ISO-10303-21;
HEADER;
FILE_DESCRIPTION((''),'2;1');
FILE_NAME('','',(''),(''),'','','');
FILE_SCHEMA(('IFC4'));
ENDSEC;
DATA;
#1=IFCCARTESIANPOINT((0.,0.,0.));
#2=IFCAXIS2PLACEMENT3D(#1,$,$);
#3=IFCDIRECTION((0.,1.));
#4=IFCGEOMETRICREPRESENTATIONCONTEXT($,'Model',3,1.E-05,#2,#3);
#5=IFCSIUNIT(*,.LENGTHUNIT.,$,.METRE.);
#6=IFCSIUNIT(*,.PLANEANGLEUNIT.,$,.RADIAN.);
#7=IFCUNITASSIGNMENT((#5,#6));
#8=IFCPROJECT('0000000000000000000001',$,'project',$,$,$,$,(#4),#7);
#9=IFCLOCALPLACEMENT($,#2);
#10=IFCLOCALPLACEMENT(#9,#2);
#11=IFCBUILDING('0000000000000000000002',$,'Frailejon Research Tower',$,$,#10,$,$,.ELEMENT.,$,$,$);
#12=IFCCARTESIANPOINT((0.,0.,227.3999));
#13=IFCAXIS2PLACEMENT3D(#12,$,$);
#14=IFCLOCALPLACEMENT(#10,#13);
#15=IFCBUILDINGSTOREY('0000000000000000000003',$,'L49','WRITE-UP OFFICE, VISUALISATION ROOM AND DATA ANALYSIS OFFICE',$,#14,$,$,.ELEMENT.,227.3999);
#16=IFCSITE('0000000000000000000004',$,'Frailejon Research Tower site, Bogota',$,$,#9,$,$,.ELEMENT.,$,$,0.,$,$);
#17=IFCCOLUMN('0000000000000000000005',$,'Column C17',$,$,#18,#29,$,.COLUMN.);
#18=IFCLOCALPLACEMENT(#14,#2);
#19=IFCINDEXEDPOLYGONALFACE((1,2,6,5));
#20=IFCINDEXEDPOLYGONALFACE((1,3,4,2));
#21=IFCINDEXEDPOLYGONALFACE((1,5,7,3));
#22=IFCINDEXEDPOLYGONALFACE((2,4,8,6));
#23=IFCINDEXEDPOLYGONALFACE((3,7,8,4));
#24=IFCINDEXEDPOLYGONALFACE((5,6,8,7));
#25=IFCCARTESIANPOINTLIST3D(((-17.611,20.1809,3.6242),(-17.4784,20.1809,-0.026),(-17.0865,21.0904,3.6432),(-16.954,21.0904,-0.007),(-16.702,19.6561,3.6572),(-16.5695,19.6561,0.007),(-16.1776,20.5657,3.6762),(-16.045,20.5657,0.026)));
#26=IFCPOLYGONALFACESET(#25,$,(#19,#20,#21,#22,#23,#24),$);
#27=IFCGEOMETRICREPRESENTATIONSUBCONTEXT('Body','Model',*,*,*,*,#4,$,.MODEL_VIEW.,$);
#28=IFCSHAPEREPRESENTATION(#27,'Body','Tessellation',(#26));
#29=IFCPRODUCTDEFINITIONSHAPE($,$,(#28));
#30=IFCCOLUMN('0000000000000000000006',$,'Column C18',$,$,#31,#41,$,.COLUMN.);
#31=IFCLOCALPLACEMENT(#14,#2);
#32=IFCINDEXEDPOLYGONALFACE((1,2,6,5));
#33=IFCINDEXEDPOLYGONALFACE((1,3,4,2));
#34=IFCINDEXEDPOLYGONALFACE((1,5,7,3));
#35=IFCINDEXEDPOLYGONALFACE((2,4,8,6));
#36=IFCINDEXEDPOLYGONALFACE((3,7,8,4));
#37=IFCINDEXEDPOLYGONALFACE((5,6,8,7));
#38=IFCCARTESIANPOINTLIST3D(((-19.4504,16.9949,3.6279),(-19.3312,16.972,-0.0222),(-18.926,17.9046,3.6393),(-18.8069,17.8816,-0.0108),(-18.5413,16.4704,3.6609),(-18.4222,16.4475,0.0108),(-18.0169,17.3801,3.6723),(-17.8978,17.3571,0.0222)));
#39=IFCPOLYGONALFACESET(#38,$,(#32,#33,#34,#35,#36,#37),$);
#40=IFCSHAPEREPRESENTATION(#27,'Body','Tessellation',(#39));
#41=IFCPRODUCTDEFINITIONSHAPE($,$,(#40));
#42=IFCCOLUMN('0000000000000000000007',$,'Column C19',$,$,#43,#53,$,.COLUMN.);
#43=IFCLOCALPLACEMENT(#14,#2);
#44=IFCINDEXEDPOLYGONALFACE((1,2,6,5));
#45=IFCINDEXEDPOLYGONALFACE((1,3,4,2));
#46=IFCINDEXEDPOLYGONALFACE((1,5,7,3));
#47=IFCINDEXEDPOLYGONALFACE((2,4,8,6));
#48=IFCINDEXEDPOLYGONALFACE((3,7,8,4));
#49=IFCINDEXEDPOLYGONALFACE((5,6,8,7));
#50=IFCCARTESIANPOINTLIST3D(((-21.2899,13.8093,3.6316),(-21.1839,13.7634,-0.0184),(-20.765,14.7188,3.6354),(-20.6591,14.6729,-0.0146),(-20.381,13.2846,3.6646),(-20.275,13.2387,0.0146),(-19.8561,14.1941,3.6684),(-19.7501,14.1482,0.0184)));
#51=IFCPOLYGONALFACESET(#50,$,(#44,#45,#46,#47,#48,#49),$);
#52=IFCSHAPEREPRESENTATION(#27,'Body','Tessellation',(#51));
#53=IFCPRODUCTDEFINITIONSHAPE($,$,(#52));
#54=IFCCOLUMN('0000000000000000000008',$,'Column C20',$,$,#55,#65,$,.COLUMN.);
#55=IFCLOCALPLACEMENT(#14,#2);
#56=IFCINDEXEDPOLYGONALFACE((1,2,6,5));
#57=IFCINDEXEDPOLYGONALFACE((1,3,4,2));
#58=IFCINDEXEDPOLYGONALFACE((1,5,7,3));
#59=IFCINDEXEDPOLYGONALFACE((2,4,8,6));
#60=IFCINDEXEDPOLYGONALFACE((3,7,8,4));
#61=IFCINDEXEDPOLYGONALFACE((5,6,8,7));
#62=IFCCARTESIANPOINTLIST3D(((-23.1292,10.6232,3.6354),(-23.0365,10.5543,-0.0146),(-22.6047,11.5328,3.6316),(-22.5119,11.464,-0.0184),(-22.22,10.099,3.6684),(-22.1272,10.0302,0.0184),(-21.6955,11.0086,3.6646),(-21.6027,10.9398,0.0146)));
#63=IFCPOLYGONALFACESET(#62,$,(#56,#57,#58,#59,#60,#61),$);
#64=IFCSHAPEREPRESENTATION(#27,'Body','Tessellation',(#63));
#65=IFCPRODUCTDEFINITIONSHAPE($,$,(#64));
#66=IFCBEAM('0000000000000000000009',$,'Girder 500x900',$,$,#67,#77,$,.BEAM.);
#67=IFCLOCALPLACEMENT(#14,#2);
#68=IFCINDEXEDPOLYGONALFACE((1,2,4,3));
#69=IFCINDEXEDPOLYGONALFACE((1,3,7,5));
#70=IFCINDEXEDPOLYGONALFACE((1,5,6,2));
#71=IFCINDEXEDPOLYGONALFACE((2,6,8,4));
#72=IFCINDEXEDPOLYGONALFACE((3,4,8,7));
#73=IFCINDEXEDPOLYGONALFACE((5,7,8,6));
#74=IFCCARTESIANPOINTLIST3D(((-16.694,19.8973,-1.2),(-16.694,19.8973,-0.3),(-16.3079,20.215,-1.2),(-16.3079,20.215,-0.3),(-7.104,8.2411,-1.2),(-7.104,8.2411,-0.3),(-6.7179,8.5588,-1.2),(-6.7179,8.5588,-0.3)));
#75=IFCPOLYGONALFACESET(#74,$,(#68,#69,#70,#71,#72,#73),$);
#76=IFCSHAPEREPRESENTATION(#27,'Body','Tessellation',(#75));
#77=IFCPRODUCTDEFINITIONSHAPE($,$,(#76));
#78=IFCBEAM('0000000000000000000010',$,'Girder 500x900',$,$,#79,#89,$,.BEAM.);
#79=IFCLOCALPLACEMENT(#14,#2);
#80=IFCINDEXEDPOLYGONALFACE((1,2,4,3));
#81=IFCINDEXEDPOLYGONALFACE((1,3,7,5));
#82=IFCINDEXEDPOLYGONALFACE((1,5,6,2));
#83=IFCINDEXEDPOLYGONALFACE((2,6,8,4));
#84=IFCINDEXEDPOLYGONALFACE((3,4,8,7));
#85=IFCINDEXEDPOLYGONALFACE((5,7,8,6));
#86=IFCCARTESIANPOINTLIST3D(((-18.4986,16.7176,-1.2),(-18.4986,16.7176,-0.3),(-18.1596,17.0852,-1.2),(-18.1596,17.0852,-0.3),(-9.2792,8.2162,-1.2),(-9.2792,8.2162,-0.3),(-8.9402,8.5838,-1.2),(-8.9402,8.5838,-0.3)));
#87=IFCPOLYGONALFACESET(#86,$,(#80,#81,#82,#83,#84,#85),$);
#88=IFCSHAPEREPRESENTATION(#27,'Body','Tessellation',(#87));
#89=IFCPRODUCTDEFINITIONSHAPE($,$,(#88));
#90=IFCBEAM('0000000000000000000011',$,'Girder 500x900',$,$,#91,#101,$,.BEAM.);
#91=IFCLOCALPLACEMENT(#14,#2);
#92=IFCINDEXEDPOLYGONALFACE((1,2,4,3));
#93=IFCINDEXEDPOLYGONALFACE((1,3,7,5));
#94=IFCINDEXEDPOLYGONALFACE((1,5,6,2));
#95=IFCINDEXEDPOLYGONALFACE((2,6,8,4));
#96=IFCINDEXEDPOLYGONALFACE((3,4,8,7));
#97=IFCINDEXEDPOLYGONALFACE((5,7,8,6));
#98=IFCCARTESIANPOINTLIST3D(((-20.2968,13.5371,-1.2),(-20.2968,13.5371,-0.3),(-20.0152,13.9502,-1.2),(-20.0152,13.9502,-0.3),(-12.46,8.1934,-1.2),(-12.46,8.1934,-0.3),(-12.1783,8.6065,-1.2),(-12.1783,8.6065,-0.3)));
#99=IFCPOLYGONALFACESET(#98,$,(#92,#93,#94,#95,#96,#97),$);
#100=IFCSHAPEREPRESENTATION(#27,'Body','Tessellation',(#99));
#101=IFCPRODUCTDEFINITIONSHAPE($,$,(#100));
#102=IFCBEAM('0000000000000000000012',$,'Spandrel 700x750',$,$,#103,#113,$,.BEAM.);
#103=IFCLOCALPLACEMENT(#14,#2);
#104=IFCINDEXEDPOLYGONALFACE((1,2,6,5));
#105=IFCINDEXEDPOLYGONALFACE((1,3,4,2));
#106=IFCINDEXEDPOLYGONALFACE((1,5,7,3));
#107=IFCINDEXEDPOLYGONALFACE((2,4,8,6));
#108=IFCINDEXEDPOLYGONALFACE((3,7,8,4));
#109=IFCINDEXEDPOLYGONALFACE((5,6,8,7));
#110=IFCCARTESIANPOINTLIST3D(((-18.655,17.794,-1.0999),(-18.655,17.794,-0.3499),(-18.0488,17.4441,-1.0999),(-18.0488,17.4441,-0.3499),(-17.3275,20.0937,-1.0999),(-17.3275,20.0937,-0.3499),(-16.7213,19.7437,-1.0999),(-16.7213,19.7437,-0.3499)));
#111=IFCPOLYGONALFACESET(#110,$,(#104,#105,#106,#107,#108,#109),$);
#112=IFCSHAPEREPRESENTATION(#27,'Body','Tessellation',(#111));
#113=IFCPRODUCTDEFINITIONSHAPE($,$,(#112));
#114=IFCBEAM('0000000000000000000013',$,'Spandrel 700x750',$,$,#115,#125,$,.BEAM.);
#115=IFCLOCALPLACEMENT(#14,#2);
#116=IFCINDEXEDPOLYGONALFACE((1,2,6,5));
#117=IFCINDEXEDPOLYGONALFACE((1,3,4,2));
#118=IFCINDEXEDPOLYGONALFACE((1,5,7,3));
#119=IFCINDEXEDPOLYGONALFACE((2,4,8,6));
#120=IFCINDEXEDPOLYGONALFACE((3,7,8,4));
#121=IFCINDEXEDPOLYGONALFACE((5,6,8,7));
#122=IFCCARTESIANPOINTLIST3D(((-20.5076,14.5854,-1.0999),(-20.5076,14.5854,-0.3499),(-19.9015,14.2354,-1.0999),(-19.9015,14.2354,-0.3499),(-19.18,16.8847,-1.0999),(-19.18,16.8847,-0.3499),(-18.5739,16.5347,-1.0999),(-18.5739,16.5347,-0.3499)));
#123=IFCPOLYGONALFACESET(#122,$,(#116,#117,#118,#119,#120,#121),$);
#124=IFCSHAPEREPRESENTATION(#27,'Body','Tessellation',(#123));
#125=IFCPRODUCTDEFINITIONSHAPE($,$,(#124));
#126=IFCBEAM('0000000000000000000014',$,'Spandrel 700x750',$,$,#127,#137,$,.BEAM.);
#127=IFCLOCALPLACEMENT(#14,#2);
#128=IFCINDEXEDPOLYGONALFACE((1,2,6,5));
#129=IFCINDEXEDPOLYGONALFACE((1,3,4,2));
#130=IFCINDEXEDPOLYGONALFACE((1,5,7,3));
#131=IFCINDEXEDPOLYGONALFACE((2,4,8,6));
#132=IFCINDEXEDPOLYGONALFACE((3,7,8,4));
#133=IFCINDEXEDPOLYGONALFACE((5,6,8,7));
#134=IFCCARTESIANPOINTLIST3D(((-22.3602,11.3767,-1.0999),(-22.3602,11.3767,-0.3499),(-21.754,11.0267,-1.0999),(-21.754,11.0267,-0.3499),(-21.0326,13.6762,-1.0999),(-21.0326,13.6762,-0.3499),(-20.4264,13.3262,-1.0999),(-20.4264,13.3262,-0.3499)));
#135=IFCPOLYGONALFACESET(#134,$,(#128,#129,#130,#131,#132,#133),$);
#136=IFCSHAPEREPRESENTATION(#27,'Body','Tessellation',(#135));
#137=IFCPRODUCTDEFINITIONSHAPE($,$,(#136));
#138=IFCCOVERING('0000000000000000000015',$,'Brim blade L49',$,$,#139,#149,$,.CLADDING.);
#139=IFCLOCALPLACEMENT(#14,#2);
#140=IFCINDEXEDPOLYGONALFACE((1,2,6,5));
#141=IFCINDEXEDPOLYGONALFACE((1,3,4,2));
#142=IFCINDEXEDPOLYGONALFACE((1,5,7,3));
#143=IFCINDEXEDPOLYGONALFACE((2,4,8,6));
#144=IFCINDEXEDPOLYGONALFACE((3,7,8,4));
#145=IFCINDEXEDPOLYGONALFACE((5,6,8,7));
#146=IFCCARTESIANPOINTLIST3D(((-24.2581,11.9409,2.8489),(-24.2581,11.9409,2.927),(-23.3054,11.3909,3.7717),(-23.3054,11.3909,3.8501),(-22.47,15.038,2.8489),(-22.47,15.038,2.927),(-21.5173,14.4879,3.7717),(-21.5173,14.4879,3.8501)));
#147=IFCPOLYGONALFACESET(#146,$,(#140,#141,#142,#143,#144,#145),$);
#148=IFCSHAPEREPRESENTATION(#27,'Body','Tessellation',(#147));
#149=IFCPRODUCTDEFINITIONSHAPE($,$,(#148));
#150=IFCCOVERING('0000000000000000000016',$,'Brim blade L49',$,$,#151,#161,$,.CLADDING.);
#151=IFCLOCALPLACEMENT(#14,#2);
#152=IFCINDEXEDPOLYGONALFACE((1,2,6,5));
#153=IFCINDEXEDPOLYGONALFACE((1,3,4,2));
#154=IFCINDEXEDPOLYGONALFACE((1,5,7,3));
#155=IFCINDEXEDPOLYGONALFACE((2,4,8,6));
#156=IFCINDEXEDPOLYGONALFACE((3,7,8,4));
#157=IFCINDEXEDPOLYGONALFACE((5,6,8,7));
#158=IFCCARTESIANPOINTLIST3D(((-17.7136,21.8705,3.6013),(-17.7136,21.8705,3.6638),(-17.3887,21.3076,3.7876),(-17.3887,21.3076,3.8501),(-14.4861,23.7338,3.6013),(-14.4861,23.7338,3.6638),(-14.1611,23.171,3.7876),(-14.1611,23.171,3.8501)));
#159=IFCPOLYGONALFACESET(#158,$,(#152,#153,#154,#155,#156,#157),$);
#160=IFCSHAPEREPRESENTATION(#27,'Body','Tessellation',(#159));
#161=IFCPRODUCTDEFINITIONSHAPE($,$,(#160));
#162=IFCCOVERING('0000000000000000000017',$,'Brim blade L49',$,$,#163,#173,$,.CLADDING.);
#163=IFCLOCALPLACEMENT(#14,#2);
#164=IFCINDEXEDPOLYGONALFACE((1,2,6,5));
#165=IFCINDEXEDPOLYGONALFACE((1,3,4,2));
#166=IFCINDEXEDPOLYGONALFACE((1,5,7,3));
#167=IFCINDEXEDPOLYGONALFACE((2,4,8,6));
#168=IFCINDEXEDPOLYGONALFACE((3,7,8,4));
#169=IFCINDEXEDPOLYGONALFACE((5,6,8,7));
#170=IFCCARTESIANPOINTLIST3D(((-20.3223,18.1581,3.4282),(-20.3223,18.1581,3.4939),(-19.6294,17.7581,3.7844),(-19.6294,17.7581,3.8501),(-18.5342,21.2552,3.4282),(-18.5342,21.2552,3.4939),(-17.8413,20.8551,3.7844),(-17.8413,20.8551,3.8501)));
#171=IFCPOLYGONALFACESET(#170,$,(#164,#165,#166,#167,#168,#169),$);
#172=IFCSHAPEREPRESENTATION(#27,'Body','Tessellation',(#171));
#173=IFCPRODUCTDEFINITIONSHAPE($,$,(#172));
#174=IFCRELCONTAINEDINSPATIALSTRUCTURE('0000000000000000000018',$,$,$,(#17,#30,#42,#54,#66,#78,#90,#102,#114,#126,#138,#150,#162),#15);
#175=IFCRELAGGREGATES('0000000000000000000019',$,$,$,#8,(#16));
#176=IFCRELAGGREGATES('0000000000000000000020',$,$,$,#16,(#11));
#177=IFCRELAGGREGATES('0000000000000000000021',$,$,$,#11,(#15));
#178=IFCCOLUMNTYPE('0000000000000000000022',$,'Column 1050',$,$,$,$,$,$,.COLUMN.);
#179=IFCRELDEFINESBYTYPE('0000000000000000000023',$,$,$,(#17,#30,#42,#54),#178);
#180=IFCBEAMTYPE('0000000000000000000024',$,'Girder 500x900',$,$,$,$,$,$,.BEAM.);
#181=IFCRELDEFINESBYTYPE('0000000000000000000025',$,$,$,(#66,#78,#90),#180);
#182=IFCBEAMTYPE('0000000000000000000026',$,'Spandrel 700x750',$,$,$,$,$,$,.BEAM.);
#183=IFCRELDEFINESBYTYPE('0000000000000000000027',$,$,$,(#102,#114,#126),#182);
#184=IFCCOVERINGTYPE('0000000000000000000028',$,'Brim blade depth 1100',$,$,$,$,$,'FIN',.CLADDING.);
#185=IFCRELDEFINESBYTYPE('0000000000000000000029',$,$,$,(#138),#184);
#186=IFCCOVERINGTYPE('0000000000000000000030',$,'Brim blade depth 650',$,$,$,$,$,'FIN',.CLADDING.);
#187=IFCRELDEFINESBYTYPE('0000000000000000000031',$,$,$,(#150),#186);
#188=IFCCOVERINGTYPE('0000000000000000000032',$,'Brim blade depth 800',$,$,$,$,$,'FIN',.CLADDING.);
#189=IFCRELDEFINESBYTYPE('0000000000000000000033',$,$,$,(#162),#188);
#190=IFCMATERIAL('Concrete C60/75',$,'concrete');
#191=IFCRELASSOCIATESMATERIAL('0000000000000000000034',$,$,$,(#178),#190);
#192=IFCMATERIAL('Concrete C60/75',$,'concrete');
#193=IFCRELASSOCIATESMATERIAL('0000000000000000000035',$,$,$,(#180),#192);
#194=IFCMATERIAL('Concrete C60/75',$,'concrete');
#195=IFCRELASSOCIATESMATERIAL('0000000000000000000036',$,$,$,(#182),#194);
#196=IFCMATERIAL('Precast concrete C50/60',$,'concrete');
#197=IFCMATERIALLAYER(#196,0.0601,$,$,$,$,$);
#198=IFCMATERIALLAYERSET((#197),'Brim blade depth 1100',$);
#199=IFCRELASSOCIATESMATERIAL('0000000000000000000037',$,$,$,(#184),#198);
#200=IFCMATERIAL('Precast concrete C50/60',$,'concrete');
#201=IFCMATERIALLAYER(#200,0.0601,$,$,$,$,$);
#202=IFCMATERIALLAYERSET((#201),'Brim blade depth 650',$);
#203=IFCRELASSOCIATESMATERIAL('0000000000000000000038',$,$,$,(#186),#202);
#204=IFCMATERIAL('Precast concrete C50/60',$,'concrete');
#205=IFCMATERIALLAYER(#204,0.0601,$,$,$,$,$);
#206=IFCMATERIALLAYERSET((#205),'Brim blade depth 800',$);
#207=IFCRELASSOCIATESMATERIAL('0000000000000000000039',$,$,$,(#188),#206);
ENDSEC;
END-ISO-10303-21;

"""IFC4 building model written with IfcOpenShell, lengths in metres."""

from ifc_helpers import new_model, si_unit, direction, frame, origin, origin_2d, place, context, subcontext, project, spatial, polyline, rectangle, outline, extrude, material, layer, layer_set, material_profile, profile_set, type_object, element, save


model = new_model("IFC4")

# Units and contexts
model_context = context("Model", 3, precision=1e-05, world=origin(), true_north=direction((0.0, 1.0)))
body_context = subcontext(model_context, "Body", "Model", "MODEL_VIEW")
ifc_project = project(units=[si_unit("LENGTHUNIT", "METRE"), si_unit("PLANEANGLEUNIT", "RADIAN")], contexts=[model_context])

# Site, building, storey
site_placement = place(None, origin())
site = spatial("IfcSite", under=ifc_project, at=site_placement, Name="Frailejon Research Tower site, Bogota", CompositionType="ELEMENT", RefElevation=0.0)
building_placement = place(site_placement, origin())
building = spatial("IfcBuilding", under=site, at=building_placement, Name="Frailejon Research Tower", CompositionType="ELEMENT")
storey_placement = place(building_placement, frame((0.0, 0.0, 227.3999)))
storey = spatial("IfcBuildingStorey", under=building, at=storey_placement, Name="L49", Description="WRITE-UP OFFICE, VISUALISATION ROOM AND DATA ANALYSIS OFFICE", CompositionType="ELEMENT", Elevation=227.3999)

# Columns
ifc_material_1 = material(Name="Concrete C60/75", Category="concrete")
ifc_material_profile_1 = material_profile(ifc_material_1, rectangle(XDim=1.05, YDim=1.05, at=origin_2d()), Name="Column 1050")
ifc_profile_set_1 = profile_set([ifc_material_profile_1], Name="Concrete C60/75")
column_type = type_object("IfcColumnType", Name="Column 1050", PredefinedType="COLUMN", material=ifc_profile_set_1)
column_1_placement = place(storey_placement, frame((-16.7617, 20.3733, 0.0), z_axis=(-0.036295, 0.0, 0.999341), x_axis=(-0.499424, -0.866168, -0.018138)))
element("IfcColumn", 1, at=column_1_placement, inside=storey, type_object=column_type, Name="Column C17", PredefinedType="COLUMN", context=body_context, shape_type="SweptSolid", body=[
    extrude(rectangle(XDim=1.05, YDim=1.05, at=origin_2d()), origin(), (0.0, 0.0, 1.0), 3.6526),
])
column_2_placement = place(storey_placement, frame((-18.6145, 17.1646, 0.0), z_axis=(-0.032622, 0.006284, 0.999448), x_axis=(-0.499397, -0.866305, -0.010854)))
element("IfcColumn", 2, at=column_2_placement, inside=storey, type_object=column_type, Name="Column C18", PredefinedType="COLUMN", context=body_context, shape_type="SweptSolid", body=[
    extrude(rectangle(XDim=1.05, YDim=1.05, at=origin_2d()), origin(), (0.0, 0.0, 1.0), 3.6521),
])
for number, where, z_axis, x_axis, name in (
    (3, (-20.467, 13.9558, 0.0), (-0.029014, 0.012568, 0.9995), (-0.499849, -0.866105, -0.003619), "Column C19"),
    (4, (-22.3196, 10.7471, 0.0), (-0.025404, 0.018852, 0.9995), (-0.499535, -0.866286, 0.003643), "Column C20"),
):
    element("IfcColumn", number, at=place(storey_placement, frame(where, z_axis=z_axis, x_axis=x_axis)), inside=storey, type_object=column_type, Name=name, PredefinedType="COLUMN", context=body_context, shape_type="SweptSolid", body=[
        extrude(rectangle(XDim=1.05, YDim=1.05, at=origin_2d()), origin(), (0.0, 0.0, 1.0), 3.6519),
    ])

# Beams
ifc_material_2 = material(Name="Concrete C60/75", Category="concrete")
ifc_material_profile_2 = material_profile(ifc_material_2, rectangle(XDim=0.5, YDim=0.8999, at=origin_2d()), Name="Girder 500x900")
ifc_profile_set_2 = profile_set([ifc_material_profile_2], Name="Concrete C60/75")
beam_type_1 = type_object("IfcBeamType", Name="Girder 500x900", PredefinedType="BEAM", material=ifc_profile_set_2)
beam_1_placement = place(storey_placement, frame((-16.501, 20.0562, -0.75), z_axis=(0.635345, -0.772228, 0.0), x_axis=(0.772228, 0.635345, 0.0)))
element("IfcBeam", 5, at=beam_1_placement, inside=storey, type_object=beam_type_1, Name="Girder 500x900", PredefinedType="BEAM", context=body_context, shape_type="SweptSolid", body=[
    extrude(rectangle(XDim=0.5, YDim=0.8999, at=origin_2d()), origin(), (0.0, 0.0, 1.0), 15.0942),
])
beam_2_placement = place(storey_placement, frame((-18.3291, 16.9014, -0.75), z_axis=(0.735154, -0.6779, 0.0), x_axis=(0.6779, 0.735154, 0.0)))
element("IfcBeam", 6, at=beam_2_placement, inside=storey, type_object=beam_type_1, Name="Girder 500x900", PredefinedType="BEAM", context=body_context, shape_type="SweptSolid", body=[
    extrude(rectangle(XDim=0.5, YDim=0.8999, at=origin_2d()), origin(), (0.0, 0.0, 1.0), 12.5408),
])
beam_3_placement = place(storey_placement, frame((-20.156, 13.7437, -0.75), z_axis=(0.826208, -0.563366, 0.0), x_axis=(0.563366, 0.826208, 0.0)))
element("IfcBeam", 7, at=beam_3_placement, inside=storey, type_object=beam_type_1, Name="Girder 500x900", PredefinedType="BEAM", context=body_context, shape_type="SweptSolid", body=[
    extrude(rectangle(XDim=0.5, YDim=0.8999, at=origin_2d()), origin(), (0.0, 0.0, 1.0), 9.4854),
])
ifc_material_3 = material(Name="Concrete C60/75", Category="concrete")
ifc_material_profile_3 = material_profile(ifc_material_3, rectangle(XDim=0.7, YDim=0.75, at=origin_2d()), Name="Spandrel 700x750")
ifc_profile_set_3 = profile_set([ifc_material_profile_3], Name="Concrete C60/75")
beam_type_2 = type_object("IfcBeamType", Name="Spandrel 700x750", PredefinedType="BEAM", material=ifc_profile_set_3)
beam_4_placement = place(storey_placement, frame((-17.0244, 19.9187, -0.7249), z_axis=(-0.499927, -0.866068, 0.0), x_axis=(0.866068, -0.499927, 0.0)))
element("IfcBeam", 8, at=beam_4_placement, inside=storey, type_object=beam_type_2, Name="Spandrel 700x750", PredefinedType="BEAM", context=body_context, shape_type="SweptSolid", body=[
    extrude(rectangle(XDim=0.7, YDim=0.75, at=origin_2d()), origin(), (0.0, 0.0, 1.0), 2.6553),
])
beam_5_placement = place(storey_placement, frame((-18.877, 16.7097, -0.7249), z_axis=(-0.500036, -0.866005, 0.0), x_axis=(0.866005, -0.500036, 0.0)))
element("IfcBeam", 9, at=beam_5_placement, inside=storey, type_object=beam_type_2, Name="Spandrel 700x750", PredefinedType="BEAM", context=body_context, shape_type="SweptSolid", body=[
    extrude(rectangle(XDim=0.7, YDim=0.75, at=origin_2d()), origin(), (0.0, 0.0, 1.0), 2.655),
])
beam_6_placement = place(storey_placement, frame((-20.7295, 13.5012, -0.7249), z_axis=(-0.499996, -0.866028, 0.0), x_axis=(0.866028, -0.499996, 0.0)))
element("IfcBeam", 10, at=beam_6_placement, inside=storey, type_object=beam_type_2, Name="Spandrel 700x750", PredefinedType="BEAM", context=body_context, shape_type="SweptSolid", body=[
    extrude(rectangle(XDim=0.7, YDim=0.75, at=origin_2d()), origin(), (0.0, 0.0, 1.0), 2.6553),
])

# Coverings
ifc_material_4 = material(Name="Precast concrete C50/60", Category="concrete")
ifc_layer_1 = layer(ifc_material_4, 0.0601)
ifc_layer_set_1 = layer_set([ifc_layer_1], Name="Brim blade depth 1100")
covering_type_1 = type_object("IfcCoveringType", Name="Brim blade depth 1100", ElementType="FIN", PredefinedType="CLADDING", material=ifc_layer_set_1)
covering_1_placement = place(storey_placement, frame((-23.3054, 11.3909, 3.8501), z_axis=(0.50001, 0.86602, 0.0), x_axis=(-0.86602, 0.50001, 0.0)))
element("IfcCovering", 11, at=covering_1_placement, inside=storey, type_object=covering_type_1, Name="Brim blade L49", PredefinedType="CLADDING", context=body_context, shape_type="SweptSolid", body=[
    extrude(outline(polyline([(0.0, -0.0784), (1.1001, -1.0012), (1.1001, -0.9231), (0.0, 0.0), (0.0, -0.0784)])), origin(), (0.0, 0.0, 1.0), 3.5762),
])
ifc_material_5 = material(Name="Precast concrete C50/60", Category="concrete")
ifc_layer_2 = layer(ifc_material_5, 0.0601)
ifc_layer_set_2 = layer_set([ifc_layer_2], Name="Brim blade depth 650")
covering_type_2 = type_object("IfcCoveringType", Name="Brim blade depth 650", ElementType="FIN", PredefinedType="CLADDING", material=ifc_layer_set_2)
covering_2_placement = place(storey_placement, frame((-17.3887, 21.3076, 3.8501), z_axis=(0.86603, 0.499992, 0.0), x_axis=(-0.499992, 0.86603, 0.0)))
element("IfcCovering", 12, at=covering_2_placement, inside=storey, type_object=covering_type_2, Name="Brim blade L49", PredefinedType="CLADDING", context=body_context, shape_type="SweptSolid", body=[
    extrude(outline(polyline([(0.0, -0.0625), (0.6499, -0.2488), (0.6499, -0.1863), (0.0, 0.0), (0.0, -0.0625)])), origin(), (0.0, 0.0, 1.0), 3.7268),
])
ifc_material_6 = material(Name="Precast concrete C50/60", Category="concrete")
ifc_layer_3 = layer(ifc_material_6, 0.0601)
ifc_layer_set_3 = layer_set([ifc_layer_3], Name="Brim blade depth 800")
covering_type_3 = type_object("IfcCoveringType", Name="Brim blade depth 800", ElementType="FIN", PredefinedType="CLADDING", material=ifc_layer_set_3)
covering_3_placement = place(storey_placement, frame((-19.6294, 17.7581, 3.8501), z_axis=(0.499989, 0.866032, 0.0), x_axis=(-0.866032, 0.499989, 0.0)))
element("IfcCovering", 13, at=covering_3_placement, inside=storey, type_object=covering_type_3, Name="Brim blade L49", PredefinedType="CLADDING", context=body_context, shape_type="SweptSolid", body=[
    extrude(outline(polyline([(0.0, -0.0657), (0.8, -0.4219), (0.8, -0.3562), (0.0, 0.0), (0.0, -0.0657)])), origin(), (0.0, 0.0, 1.0), 3.5762),
])

save(model, "model.ifc")
